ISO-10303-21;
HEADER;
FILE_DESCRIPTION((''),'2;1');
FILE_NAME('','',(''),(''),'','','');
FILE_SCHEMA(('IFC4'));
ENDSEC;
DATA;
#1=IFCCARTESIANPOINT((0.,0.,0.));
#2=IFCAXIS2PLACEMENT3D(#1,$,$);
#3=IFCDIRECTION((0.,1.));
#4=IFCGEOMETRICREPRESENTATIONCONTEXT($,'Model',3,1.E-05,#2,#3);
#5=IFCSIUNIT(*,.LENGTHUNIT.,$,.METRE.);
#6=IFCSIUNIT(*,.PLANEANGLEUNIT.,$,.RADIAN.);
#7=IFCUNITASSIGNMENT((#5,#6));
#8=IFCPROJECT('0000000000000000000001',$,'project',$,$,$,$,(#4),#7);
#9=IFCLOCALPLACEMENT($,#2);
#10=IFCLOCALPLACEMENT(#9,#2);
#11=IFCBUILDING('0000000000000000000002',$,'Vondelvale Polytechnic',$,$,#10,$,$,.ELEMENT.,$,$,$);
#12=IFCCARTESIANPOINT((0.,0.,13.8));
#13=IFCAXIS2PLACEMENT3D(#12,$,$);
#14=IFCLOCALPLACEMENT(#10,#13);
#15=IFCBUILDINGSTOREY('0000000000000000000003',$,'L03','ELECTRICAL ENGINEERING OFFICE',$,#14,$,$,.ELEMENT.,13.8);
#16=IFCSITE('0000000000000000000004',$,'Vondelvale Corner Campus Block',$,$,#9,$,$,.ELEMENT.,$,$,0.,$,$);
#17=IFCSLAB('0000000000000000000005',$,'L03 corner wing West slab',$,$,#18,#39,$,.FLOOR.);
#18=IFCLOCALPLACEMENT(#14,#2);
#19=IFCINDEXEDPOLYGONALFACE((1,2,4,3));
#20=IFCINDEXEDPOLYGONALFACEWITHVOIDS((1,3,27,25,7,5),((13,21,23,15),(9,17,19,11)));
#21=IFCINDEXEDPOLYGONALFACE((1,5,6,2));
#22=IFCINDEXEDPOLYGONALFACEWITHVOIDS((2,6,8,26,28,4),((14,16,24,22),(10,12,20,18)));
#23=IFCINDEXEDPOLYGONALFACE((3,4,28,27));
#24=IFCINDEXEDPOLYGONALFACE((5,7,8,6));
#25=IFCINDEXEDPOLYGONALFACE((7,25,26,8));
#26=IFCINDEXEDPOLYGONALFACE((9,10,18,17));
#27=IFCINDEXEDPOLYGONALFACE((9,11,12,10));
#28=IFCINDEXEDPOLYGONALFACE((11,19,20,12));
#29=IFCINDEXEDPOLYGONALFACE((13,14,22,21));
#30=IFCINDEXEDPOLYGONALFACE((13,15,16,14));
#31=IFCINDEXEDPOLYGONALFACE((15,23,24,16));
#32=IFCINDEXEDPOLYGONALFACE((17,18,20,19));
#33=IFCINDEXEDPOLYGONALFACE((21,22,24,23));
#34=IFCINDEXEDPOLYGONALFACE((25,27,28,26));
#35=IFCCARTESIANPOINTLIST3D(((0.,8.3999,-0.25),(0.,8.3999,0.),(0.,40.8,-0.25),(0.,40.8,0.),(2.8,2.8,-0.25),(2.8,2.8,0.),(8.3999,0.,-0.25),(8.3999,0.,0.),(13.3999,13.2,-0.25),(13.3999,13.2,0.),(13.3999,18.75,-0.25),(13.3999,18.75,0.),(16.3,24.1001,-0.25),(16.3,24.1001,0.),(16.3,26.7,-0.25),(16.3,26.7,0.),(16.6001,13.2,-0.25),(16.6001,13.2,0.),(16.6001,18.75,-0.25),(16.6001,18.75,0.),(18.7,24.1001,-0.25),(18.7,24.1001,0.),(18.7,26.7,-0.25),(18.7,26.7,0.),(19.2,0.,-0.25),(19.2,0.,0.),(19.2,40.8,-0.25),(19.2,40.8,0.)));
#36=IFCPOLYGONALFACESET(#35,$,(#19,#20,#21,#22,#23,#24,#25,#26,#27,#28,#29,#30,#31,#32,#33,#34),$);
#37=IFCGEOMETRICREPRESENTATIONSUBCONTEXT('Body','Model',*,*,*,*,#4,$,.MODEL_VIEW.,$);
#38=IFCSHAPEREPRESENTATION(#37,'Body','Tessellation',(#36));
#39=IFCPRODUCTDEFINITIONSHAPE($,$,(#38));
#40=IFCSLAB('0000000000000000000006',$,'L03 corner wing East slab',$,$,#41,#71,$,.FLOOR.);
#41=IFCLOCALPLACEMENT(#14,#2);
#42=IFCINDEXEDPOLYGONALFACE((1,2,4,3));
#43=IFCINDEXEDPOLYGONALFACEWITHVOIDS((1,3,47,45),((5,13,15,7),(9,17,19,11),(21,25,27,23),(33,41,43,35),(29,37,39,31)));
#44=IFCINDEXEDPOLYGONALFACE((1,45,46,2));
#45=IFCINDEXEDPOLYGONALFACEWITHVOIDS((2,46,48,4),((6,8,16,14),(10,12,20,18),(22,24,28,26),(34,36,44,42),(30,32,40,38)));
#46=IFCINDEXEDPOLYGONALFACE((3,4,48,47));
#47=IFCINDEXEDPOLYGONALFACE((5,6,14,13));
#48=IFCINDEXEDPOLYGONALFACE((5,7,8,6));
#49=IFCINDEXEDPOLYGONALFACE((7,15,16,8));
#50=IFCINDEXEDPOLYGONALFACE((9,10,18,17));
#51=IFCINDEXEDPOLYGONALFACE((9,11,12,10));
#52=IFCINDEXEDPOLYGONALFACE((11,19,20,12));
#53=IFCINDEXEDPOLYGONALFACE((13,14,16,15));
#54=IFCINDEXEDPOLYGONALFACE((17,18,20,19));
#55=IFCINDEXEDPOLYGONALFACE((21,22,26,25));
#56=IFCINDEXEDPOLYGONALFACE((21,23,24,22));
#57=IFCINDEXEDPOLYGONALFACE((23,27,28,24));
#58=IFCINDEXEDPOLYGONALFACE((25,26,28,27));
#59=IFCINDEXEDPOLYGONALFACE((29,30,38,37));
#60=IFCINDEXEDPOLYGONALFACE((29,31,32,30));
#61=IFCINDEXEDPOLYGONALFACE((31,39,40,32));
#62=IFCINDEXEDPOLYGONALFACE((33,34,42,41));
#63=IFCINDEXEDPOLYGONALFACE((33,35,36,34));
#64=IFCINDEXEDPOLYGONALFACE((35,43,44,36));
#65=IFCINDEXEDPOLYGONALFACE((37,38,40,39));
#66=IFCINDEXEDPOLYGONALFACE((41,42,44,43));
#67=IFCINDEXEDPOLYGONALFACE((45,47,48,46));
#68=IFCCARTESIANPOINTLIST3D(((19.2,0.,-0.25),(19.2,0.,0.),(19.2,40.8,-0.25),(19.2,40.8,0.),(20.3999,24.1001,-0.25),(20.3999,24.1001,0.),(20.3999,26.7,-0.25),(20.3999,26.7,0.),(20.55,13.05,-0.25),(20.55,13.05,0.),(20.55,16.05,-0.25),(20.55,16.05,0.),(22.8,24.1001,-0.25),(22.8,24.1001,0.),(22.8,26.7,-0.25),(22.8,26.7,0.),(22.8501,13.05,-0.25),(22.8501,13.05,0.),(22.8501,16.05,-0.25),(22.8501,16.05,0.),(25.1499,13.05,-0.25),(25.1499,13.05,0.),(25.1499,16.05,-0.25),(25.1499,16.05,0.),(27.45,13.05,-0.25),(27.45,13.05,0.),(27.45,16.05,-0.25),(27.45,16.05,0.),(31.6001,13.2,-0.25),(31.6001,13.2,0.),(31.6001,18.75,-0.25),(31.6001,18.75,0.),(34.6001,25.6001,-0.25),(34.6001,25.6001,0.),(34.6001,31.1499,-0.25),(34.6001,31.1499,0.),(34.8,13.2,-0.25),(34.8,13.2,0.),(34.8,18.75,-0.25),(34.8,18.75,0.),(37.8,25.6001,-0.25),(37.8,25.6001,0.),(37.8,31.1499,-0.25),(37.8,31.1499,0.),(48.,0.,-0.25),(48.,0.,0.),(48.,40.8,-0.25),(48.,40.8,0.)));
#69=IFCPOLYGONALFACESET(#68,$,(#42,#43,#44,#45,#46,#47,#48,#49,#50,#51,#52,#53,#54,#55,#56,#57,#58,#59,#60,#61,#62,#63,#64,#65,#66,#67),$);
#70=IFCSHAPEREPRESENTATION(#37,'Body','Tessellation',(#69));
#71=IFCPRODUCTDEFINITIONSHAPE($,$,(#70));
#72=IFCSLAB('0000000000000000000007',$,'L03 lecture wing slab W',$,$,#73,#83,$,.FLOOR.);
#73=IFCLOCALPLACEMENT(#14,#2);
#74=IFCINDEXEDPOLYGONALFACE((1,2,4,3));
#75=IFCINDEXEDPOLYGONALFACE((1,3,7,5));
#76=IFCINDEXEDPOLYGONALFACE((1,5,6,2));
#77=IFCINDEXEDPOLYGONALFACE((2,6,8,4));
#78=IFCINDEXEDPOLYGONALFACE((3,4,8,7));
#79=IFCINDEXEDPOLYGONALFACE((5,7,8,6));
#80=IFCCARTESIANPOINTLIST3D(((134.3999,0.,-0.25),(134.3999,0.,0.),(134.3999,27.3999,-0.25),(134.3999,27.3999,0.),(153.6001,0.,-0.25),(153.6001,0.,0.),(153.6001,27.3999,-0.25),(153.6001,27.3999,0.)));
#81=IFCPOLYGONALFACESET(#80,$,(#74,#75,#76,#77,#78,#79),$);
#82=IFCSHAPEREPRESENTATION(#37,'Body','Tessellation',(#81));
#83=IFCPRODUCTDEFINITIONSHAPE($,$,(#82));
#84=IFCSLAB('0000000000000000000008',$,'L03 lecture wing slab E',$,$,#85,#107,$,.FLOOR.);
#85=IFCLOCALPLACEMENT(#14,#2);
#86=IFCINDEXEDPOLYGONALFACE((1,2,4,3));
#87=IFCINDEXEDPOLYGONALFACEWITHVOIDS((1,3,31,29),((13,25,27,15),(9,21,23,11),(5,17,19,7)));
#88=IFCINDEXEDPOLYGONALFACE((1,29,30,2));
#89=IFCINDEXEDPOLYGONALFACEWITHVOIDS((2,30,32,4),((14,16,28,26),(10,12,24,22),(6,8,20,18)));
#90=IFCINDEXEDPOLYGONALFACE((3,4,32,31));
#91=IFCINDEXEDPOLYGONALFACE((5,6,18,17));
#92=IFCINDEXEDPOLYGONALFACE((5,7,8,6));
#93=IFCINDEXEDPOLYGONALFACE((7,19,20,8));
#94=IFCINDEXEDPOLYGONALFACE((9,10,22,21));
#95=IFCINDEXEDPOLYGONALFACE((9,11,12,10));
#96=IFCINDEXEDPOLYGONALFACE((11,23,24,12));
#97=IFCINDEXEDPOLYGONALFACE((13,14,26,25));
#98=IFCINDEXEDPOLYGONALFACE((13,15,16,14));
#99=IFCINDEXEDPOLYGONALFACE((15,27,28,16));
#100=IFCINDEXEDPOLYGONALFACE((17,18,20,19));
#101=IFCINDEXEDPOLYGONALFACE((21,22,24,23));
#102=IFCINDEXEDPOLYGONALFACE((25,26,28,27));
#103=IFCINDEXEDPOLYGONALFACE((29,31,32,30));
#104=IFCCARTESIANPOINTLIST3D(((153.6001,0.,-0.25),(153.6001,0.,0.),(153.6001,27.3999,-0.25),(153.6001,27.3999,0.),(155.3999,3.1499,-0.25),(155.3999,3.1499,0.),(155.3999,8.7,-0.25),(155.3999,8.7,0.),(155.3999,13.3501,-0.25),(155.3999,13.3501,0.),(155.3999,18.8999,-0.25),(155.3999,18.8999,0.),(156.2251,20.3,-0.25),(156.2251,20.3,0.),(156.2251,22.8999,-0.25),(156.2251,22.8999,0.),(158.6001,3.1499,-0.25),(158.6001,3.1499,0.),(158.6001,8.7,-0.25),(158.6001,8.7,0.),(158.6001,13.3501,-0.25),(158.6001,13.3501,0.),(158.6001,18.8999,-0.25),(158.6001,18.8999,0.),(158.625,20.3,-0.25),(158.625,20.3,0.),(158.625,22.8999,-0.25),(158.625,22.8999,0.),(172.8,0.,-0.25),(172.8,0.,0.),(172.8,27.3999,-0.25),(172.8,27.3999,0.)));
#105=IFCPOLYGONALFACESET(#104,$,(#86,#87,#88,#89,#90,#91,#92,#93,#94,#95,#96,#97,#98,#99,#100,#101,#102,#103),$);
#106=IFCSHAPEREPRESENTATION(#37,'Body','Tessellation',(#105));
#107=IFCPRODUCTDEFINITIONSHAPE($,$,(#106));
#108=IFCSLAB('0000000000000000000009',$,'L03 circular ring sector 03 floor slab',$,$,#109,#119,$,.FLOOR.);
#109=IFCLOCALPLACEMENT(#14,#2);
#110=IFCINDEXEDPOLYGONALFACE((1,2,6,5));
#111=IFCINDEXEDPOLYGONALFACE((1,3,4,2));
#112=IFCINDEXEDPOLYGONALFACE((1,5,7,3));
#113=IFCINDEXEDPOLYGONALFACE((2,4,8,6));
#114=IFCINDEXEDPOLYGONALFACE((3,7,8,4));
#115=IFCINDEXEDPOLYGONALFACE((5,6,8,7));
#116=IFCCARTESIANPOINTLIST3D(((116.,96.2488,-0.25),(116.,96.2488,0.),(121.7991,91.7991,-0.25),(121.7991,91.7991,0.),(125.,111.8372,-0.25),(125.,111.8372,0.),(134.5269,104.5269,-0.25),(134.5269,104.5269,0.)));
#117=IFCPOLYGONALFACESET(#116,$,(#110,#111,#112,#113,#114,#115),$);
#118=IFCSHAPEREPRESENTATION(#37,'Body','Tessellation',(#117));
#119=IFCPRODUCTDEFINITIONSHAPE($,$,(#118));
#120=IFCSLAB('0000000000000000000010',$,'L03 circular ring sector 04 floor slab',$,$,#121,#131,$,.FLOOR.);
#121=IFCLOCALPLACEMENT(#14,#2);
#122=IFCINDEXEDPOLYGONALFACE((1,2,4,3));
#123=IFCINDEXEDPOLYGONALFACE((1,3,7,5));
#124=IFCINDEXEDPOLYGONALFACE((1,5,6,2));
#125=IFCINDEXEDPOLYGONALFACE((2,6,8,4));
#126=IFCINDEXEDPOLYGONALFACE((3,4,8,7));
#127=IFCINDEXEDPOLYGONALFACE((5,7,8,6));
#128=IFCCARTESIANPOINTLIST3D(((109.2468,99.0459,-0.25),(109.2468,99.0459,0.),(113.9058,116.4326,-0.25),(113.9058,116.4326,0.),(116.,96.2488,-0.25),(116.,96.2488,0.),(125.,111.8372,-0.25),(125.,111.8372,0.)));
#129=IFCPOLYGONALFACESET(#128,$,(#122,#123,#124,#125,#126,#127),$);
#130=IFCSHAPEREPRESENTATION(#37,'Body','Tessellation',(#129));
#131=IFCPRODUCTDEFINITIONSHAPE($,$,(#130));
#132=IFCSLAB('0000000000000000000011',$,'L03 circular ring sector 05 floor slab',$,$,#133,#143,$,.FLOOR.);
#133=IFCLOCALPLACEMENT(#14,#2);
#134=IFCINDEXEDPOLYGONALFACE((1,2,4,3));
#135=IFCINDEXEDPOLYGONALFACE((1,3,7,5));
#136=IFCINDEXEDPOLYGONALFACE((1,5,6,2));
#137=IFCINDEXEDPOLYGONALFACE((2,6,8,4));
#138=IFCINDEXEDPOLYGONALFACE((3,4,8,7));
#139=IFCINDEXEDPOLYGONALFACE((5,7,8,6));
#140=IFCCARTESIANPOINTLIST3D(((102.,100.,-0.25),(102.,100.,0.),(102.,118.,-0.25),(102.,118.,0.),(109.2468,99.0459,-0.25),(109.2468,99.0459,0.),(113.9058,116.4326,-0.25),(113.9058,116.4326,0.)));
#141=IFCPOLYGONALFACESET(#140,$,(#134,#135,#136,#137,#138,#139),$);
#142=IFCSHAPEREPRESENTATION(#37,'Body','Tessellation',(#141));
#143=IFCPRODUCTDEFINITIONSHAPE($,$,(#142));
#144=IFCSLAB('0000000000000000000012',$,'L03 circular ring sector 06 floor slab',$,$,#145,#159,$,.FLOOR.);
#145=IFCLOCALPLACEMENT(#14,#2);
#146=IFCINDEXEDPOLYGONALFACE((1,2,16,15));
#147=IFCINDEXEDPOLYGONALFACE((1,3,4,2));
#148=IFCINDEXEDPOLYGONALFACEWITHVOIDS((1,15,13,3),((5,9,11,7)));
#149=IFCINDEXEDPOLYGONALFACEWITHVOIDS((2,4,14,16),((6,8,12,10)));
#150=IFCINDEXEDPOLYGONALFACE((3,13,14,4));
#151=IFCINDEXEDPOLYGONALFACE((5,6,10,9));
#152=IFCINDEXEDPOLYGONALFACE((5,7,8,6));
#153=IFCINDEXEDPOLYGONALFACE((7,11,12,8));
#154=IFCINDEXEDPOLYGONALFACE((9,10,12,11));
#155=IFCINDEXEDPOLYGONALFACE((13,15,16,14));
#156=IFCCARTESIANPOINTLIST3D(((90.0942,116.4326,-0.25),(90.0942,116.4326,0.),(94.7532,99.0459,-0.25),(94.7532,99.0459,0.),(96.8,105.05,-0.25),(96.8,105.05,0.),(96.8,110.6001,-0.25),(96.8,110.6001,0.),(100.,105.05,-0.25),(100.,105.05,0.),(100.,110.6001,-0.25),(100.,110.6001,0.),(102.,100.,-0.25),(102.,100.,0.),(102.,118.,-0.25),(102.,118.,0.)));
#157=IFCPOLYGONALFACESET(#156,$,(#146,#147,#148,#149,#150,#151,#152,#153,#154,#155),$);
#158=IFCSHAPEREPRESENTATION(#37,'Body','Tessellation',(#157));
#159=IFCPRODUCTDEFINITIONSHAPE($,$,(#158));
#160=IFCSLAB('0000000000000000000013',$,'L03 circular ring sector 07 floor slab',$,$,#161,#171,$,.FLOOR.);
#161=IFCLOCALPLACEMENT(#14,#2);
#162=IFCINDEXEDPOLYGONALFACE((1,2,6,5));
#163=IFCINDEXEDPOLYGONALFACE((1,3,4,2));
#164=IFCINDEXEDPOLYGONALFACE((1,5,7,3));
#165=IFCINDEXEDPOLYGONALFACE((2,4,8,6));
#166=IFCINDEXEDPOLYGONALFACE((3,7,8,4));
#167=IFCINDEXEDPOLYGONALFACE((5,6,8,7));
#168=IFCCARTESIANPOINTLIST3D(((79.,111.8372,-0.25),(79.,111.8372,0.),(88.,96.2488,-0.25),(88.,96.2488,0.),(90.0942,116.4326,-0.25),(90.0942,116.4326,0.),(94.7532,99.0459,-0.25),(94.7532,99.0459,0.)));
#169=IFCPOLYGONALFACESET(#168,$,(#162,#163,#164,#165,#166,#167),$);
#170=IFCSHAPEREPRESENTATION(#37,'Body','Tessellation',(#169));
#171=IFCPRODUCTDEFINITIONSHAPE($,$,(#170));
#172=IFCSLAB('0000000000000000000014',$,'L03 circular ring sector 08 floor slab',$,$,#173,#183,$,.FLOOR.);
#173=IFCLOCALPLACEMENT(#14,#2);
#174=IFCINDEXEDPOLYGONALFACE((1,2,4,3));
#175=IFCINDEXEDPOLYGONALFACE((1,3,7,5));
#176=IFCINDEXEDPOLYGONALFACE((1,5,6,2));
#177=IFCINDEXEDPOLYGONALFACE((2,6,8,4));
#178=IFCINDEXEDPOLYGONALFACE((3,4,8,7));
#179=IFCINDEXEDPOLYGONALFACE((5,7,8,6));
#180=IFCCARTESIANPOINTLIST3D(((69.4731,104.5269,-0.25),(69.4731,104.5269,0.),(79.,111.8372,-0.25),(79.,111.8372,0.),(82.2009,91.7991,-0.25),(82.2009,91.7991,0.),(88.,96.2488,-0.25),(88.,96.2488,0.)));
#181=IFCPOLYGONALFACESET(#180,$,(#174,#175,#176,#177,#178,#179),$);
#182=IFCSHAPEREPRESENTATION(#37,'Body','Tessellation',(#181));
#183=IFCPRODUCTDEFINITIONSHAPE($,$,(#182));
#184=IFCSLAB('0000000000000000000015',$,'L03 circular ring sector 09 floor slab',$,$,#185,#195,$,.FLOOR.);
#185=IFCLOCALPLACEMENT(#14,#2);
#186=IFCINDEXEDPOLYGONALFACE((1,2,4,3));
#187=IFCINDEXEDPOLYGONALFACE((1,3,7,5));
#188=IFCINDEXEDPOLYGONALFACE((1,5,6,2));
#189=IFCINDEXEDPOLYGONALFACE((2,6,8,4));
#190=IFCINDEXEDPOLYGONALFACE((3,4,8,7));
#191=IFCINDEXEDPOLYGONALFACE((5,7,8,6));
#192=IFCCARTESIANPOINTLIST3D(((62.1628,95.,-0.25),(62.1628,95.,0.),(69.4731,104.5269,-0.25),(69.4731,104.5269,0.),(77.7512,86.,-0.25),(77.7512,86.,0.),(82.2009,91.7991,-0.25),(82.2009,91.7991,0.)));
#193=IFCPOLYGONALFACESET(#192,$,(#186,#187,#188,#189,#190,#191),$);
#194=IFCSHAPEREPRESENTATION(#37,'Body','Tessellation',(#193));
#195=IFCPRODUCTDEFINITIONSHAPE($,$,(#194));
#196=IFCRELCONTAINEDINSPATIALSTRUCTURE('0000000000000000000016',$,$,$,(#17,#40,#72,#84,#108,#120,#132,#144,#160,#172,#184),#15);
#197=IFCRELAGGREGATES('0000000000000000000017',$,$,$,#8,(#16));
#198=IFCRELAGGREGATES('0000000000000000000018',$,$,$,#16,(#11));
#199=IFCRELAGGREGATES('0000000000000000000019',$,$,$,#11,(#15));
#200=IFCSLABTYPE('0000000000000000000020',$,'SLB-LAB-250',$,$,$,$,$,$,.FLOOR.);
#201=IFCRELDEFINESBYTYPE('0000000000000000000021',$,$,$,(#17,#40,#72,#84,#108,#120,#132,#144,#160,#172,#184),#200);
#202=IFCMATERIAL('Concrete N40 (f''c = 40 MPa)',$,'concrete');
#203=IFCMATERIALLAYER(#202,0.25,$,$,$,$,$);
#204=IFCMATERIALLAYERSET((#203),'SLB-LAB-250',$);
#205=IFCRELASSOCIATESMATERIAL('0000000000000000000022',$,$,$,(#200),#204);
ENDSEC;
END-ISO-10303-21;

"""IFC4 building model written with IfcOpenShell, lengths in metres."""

from ifc_helpers import new_model, si_unit, direction, frame, origin, place, context, subcontext, project, spatial, polyline, outline, extrude, material, layer, layer_set, type_object, element, save


model = new_model("IFC4")

# Units and contexts
model_context = context("Model", 3, precision=1e-05, world=origin(), true_north=direction((0.0, 1.0)))
body_context = subcontext(model_context, "Body", "Model", "MODEL_VIEW")
ifc_project = project(units=[si_unit("LENGTHUNIT", "METRE"), si_unit("PLANEANGLEUNIT", "RADIAN")], contexts=[model_context])

# Site, building, storey
site_placement = place(None, origin())
site = spatial("IfcSite", under=ifc_project, at=site_placement, Name="Vondelvale Corner Campus Block", CompositionType="ELEMENT", RefElevation=0.0)
building_placement = place(site_placement, origin())
building = spatial("IfcBuilding", under=site, at=building_placement, Name="Vondelvale Polytechnic", CompositionType="ELEMENT")
storey_placement = place(building_placement, frame((0.0, 0.0, 13.8)))
storey = spatial("IfcBuildingStorey", under=building, at=storey_placement, Name="L03", Description="ELECTRICAL ENGINEERING OFFICE", CompositionType="ELEMENT", Elevation=13.8)

# Shared definitions
ifc_material_1 = material(Name="Concrete N40 (f'c = 40 MPa)", Category="concrete")

# Slabs
ifc_layer_1 = layer(ifc_material_1, 0.25)
ifc_layer_set_1 = layer_set([ifc_layer_1], Name="SLB-LAB-250")
slab_type_1 = type_object("IfcSlabType", Name="SLB-LAB-250", PredefinedType="FLOOR", material=ifc_layer_set_1)
slab_1_placement = place(storey_placement, frame((0.0, 0.0, -0.25)))
element("IfcSlab", 1, at=slab_1_placement, inside=storey, type_object=slab_type_1, Name="L03 corner wing West slab", PredefinedType="FLOOR", context=body_context, shape_type="SweptSolid", body=[
    extrude(outline(polyline([(8.3999, 0.0), (19.2, 0.0), (19.2, 40.8), (0.0, 40.8), (0.0, 8.3999), (2.8, 2.8), (8.3999, 0.0)]), holes=[polyline([(13.3999, 18.75), (13.3999, 13.2), (16.6001, 13.2), (16.6001, 18.75), (13.3999, 18.75)]), polyline([(16.3, 24.1001), (18.7, 24.1001), (18.7, 26.7), (16.3, 26.7), (16.3, 24.1001)])]), origin(), (0.0, 0.0, 1.0), 0.25),
])
slab_2_placement = place(storey_placement, frame((0.0, 0.0, -0.25)))
element("IfcSlab", 2, at=slab_2_placement, inside=storey, type_object=slab_type_1, Name="L03 corner wing East slab", PredefinedType="FLOOR", context=body_context, shape_type="SweptSolid", body=[
    extrude(outline(polyline([(19.2, 0.0), (48.0, 0.0), (48.0, 40.8), (19.2, 40.8), (19.2, 0.0)]), holes=[polyline([(31.6001, 18.75), (31.6001, 13.2), (34.8, 13.2), (34.8, 18.75), (31.6001, 18.75)]), polyline([(37.8, 25.6001), (37.8, 31.1499), (34.6001, 31.1499), (34.6001, 25.6001), (37.8, 25.6001)]), polyline([(20.55, 13.05), (22.8501, 13.05), (22.8501, 16.05), (20.55, 16.05), (20.55, 13.05)]), polyline([(25.1499, 13.05), (27.45, 13.05), (27.45, 16.05), (25.1499, 16.05), (25.1499, 13.05)]), polyline([(20.3999, 24.1001), (22.8, 24.1001), (22.8, 26.7), (20.3999, 26.7), (20.3999, 24.1001)])]), origin(), (0.0, 0.0, 1.0), 0.25),
])
slab_3_placement = place(storey_placement, frame((0.0, 0.0, -0.25)))
element("IfcSlab", 3, at=slab_3_placement, inside=storey, type_object=slab_type_1, Name="L03 lecture wing slab W", PredefinedType="FLOOR", context=body_context, shape_type="SweptSolid", body=[
    extrude(outline(polyline([(134.3999, 0.0), (153.6001, 0.0), (153.6001, 27.3999), (134.3999, 27.3999), (134.3999, 0.0)])), origin(), (0.0, 0.0, 1.0), 0.25),
])
slab_4_placement = place(storey_placement, frame((0.0, 0.0, -0.25)))
element("IfcSlab", 4, at=slab_4_placement, inside=storey, type_object=slab_type_1, Name="L03 lecture wing slab E", PredefinedType="FLOOR", context=body_context, shape_type="SweptSolid", body=[
    extrude(outline(polyline([(153.6001, 0.0), (172.8, 0.0), (172.8, 27.3999), (153.6001, 27.3999), (153.6001, 0.0)]), holes=[polyline([(158.6001, 3.1499), (158.6001, 8.7), (155.3999, 8.7), (155.3999, 3.1499), (158.6001, 3.1499)]), polyline([(158.6001, 13.3501), (158.6001, 18.8999), (155.3999, 18.8999), (155.3999, 13.3501), (158.6001, 13.3501)]), polyline([(156.2251, 20.3), (158.625, 20.3), (158.625, 22.8999), (156.2251, 22.8999), (156.2251, 20.3)])]), origin(), (0.0, 0.0, 1.0), 0.25),
])
slab_5_placement = place(storey_placement, frame((0.0, 0.0, -0.25)))
element("IfcSlab", 5, at=slab_5_placement, inside=storey, type_object=slab_type_1, Name="L03 circular ring sector 03 floor slab", PredefinedType="FLOOR", context=body_context, shape_type="SweptSolid", body=[
    extrude(outline(polyline([(121.7991, 91.7991), (134.5269, 104.5269), (125.0, 111.8372), (116.0, 96.2488), (121.7991, 91.7991)])), origin(), (0.0, 0.0, 1.0), 0.25),
])
slab_6_placement = place(storey_placement, frame((0.0, 0.0, -0.25)))
element("IfcSlab", 6, at=slab_6_placement, inside=storey, type_object=slab_type_1, Name="L03 circular ring sector 04 floor slab", PredefinedType="FLOOR", context=body_context, shape_type="SweptSolid", body=[
    extrude(outline(polyline([(116.0, 96.2488), (125.0, 111.8372), (113.9058, 116.4326), (109.2468, 99.0459), (116.0, 96.2488)])), origin(), (0.0, 0.0, 1.0), 0.25),
])
slab_7_placement = place(storey_placement, frame((0.0, 0.0, -0.25)))
element("IfcSlab", 7, at=slab_7_placement, inside=storey, type_object=slab_type_1, Name="L03 circular ring sector 05 floor slab", PredefinedType="FLOOR", context=body_context, shape_type="SweptSolid", body=[
    extrude(outline(polyline([(109.2468, 99.0459), (113.9058, 116.4326), (102.0, 118.0), (102.0, 100.0), (109.2468, 99.0459)])), origin(), (0.0, 0.0, 1.0), 0.25),
])
slab_8_placement = place(storey_placement, frame((0.0, 0.0, -0.25)))
element("IfcSlab", 8, at=slab_8_placement, inside=storey, type_object=slab_type_1, Name="L03 circular ring sector 06 floor slab", PredefinedType="FLOOR", context=body_context, shape_type="SweptSolid", body=[
    extrude(outline(polyline([(102.0, 100.0), (102.0, 118.0), (90.0942, 116.4326), (94.7532, 99.0459), (102.0, 100.0)]), holes=[polyline([(100.0, 105.05), (100.0, 110.6001), (96.8, 110.6001), (96.8, 105.05), (100.0, 105.05)])]), origin(), (0.0, 0.0, 1.0), 0.25),
])
slab_9_placement = place(storey_placement, frame((0.0, 0.0, -0.25)))
element("IfcSlab", 9, at=slab_9_placement, inside=storey, type_object=slab_type_1, Name="L03 circular ring sector 07 floor slab", PredefinedType="FLOOR", context=body_context, shape_type="SweptSolid", body=[
    extrude(outline(polyline([(94.7532, 99.0459), (90.0942, 116.4326), (79.0, 111.8372), (88.0, 96.2488), (94.7532, 99.0459)])), origin(), (0.0, 0.0, 1.0), 0.25),
])
slab_10_placement = place(storey_placement, frame((0.0, 0.0, -0.25)))
element("IfcSlab", 10, at=slab_10_placement, inside=storey, type_object=slab_type_1, Name="L03 circular ring sector 08 floor slab", PredefinedType="FLOOR", context=body_context, shape_type="SweptSolid", body=[
    extrude(outline(polyline([(88.0, 96.2488), (79.0, 111.8372), (69.4731, 104.5269), (82.2009, 91.7991), (88.0, 96.2488)])), origin(), (0.0, 0.0, 1.0), 0.25),
])
slab_11_placement = place(storey_placement, frame((0.0, 0.0, -0.25)))
element("IfcSlab", 11, at=slab_11_placement, inside=storey, type_object=slab_type_1, Name="L03 circular ring sector 09 floor slab", PredefinedType="FLOOR", context=body_context, shape_type="SweptSolid", body=[
    extrude(outline(polyline([(82.2009, 91.7991), (69.4731, 104.5269), (62.1628, 95.0), (77.7512, 86.0), (82.2009, 91.7991)])), origin(), (0.0, 0.0, 1.0), 0.25),
])

save(model, "model.ifc")
